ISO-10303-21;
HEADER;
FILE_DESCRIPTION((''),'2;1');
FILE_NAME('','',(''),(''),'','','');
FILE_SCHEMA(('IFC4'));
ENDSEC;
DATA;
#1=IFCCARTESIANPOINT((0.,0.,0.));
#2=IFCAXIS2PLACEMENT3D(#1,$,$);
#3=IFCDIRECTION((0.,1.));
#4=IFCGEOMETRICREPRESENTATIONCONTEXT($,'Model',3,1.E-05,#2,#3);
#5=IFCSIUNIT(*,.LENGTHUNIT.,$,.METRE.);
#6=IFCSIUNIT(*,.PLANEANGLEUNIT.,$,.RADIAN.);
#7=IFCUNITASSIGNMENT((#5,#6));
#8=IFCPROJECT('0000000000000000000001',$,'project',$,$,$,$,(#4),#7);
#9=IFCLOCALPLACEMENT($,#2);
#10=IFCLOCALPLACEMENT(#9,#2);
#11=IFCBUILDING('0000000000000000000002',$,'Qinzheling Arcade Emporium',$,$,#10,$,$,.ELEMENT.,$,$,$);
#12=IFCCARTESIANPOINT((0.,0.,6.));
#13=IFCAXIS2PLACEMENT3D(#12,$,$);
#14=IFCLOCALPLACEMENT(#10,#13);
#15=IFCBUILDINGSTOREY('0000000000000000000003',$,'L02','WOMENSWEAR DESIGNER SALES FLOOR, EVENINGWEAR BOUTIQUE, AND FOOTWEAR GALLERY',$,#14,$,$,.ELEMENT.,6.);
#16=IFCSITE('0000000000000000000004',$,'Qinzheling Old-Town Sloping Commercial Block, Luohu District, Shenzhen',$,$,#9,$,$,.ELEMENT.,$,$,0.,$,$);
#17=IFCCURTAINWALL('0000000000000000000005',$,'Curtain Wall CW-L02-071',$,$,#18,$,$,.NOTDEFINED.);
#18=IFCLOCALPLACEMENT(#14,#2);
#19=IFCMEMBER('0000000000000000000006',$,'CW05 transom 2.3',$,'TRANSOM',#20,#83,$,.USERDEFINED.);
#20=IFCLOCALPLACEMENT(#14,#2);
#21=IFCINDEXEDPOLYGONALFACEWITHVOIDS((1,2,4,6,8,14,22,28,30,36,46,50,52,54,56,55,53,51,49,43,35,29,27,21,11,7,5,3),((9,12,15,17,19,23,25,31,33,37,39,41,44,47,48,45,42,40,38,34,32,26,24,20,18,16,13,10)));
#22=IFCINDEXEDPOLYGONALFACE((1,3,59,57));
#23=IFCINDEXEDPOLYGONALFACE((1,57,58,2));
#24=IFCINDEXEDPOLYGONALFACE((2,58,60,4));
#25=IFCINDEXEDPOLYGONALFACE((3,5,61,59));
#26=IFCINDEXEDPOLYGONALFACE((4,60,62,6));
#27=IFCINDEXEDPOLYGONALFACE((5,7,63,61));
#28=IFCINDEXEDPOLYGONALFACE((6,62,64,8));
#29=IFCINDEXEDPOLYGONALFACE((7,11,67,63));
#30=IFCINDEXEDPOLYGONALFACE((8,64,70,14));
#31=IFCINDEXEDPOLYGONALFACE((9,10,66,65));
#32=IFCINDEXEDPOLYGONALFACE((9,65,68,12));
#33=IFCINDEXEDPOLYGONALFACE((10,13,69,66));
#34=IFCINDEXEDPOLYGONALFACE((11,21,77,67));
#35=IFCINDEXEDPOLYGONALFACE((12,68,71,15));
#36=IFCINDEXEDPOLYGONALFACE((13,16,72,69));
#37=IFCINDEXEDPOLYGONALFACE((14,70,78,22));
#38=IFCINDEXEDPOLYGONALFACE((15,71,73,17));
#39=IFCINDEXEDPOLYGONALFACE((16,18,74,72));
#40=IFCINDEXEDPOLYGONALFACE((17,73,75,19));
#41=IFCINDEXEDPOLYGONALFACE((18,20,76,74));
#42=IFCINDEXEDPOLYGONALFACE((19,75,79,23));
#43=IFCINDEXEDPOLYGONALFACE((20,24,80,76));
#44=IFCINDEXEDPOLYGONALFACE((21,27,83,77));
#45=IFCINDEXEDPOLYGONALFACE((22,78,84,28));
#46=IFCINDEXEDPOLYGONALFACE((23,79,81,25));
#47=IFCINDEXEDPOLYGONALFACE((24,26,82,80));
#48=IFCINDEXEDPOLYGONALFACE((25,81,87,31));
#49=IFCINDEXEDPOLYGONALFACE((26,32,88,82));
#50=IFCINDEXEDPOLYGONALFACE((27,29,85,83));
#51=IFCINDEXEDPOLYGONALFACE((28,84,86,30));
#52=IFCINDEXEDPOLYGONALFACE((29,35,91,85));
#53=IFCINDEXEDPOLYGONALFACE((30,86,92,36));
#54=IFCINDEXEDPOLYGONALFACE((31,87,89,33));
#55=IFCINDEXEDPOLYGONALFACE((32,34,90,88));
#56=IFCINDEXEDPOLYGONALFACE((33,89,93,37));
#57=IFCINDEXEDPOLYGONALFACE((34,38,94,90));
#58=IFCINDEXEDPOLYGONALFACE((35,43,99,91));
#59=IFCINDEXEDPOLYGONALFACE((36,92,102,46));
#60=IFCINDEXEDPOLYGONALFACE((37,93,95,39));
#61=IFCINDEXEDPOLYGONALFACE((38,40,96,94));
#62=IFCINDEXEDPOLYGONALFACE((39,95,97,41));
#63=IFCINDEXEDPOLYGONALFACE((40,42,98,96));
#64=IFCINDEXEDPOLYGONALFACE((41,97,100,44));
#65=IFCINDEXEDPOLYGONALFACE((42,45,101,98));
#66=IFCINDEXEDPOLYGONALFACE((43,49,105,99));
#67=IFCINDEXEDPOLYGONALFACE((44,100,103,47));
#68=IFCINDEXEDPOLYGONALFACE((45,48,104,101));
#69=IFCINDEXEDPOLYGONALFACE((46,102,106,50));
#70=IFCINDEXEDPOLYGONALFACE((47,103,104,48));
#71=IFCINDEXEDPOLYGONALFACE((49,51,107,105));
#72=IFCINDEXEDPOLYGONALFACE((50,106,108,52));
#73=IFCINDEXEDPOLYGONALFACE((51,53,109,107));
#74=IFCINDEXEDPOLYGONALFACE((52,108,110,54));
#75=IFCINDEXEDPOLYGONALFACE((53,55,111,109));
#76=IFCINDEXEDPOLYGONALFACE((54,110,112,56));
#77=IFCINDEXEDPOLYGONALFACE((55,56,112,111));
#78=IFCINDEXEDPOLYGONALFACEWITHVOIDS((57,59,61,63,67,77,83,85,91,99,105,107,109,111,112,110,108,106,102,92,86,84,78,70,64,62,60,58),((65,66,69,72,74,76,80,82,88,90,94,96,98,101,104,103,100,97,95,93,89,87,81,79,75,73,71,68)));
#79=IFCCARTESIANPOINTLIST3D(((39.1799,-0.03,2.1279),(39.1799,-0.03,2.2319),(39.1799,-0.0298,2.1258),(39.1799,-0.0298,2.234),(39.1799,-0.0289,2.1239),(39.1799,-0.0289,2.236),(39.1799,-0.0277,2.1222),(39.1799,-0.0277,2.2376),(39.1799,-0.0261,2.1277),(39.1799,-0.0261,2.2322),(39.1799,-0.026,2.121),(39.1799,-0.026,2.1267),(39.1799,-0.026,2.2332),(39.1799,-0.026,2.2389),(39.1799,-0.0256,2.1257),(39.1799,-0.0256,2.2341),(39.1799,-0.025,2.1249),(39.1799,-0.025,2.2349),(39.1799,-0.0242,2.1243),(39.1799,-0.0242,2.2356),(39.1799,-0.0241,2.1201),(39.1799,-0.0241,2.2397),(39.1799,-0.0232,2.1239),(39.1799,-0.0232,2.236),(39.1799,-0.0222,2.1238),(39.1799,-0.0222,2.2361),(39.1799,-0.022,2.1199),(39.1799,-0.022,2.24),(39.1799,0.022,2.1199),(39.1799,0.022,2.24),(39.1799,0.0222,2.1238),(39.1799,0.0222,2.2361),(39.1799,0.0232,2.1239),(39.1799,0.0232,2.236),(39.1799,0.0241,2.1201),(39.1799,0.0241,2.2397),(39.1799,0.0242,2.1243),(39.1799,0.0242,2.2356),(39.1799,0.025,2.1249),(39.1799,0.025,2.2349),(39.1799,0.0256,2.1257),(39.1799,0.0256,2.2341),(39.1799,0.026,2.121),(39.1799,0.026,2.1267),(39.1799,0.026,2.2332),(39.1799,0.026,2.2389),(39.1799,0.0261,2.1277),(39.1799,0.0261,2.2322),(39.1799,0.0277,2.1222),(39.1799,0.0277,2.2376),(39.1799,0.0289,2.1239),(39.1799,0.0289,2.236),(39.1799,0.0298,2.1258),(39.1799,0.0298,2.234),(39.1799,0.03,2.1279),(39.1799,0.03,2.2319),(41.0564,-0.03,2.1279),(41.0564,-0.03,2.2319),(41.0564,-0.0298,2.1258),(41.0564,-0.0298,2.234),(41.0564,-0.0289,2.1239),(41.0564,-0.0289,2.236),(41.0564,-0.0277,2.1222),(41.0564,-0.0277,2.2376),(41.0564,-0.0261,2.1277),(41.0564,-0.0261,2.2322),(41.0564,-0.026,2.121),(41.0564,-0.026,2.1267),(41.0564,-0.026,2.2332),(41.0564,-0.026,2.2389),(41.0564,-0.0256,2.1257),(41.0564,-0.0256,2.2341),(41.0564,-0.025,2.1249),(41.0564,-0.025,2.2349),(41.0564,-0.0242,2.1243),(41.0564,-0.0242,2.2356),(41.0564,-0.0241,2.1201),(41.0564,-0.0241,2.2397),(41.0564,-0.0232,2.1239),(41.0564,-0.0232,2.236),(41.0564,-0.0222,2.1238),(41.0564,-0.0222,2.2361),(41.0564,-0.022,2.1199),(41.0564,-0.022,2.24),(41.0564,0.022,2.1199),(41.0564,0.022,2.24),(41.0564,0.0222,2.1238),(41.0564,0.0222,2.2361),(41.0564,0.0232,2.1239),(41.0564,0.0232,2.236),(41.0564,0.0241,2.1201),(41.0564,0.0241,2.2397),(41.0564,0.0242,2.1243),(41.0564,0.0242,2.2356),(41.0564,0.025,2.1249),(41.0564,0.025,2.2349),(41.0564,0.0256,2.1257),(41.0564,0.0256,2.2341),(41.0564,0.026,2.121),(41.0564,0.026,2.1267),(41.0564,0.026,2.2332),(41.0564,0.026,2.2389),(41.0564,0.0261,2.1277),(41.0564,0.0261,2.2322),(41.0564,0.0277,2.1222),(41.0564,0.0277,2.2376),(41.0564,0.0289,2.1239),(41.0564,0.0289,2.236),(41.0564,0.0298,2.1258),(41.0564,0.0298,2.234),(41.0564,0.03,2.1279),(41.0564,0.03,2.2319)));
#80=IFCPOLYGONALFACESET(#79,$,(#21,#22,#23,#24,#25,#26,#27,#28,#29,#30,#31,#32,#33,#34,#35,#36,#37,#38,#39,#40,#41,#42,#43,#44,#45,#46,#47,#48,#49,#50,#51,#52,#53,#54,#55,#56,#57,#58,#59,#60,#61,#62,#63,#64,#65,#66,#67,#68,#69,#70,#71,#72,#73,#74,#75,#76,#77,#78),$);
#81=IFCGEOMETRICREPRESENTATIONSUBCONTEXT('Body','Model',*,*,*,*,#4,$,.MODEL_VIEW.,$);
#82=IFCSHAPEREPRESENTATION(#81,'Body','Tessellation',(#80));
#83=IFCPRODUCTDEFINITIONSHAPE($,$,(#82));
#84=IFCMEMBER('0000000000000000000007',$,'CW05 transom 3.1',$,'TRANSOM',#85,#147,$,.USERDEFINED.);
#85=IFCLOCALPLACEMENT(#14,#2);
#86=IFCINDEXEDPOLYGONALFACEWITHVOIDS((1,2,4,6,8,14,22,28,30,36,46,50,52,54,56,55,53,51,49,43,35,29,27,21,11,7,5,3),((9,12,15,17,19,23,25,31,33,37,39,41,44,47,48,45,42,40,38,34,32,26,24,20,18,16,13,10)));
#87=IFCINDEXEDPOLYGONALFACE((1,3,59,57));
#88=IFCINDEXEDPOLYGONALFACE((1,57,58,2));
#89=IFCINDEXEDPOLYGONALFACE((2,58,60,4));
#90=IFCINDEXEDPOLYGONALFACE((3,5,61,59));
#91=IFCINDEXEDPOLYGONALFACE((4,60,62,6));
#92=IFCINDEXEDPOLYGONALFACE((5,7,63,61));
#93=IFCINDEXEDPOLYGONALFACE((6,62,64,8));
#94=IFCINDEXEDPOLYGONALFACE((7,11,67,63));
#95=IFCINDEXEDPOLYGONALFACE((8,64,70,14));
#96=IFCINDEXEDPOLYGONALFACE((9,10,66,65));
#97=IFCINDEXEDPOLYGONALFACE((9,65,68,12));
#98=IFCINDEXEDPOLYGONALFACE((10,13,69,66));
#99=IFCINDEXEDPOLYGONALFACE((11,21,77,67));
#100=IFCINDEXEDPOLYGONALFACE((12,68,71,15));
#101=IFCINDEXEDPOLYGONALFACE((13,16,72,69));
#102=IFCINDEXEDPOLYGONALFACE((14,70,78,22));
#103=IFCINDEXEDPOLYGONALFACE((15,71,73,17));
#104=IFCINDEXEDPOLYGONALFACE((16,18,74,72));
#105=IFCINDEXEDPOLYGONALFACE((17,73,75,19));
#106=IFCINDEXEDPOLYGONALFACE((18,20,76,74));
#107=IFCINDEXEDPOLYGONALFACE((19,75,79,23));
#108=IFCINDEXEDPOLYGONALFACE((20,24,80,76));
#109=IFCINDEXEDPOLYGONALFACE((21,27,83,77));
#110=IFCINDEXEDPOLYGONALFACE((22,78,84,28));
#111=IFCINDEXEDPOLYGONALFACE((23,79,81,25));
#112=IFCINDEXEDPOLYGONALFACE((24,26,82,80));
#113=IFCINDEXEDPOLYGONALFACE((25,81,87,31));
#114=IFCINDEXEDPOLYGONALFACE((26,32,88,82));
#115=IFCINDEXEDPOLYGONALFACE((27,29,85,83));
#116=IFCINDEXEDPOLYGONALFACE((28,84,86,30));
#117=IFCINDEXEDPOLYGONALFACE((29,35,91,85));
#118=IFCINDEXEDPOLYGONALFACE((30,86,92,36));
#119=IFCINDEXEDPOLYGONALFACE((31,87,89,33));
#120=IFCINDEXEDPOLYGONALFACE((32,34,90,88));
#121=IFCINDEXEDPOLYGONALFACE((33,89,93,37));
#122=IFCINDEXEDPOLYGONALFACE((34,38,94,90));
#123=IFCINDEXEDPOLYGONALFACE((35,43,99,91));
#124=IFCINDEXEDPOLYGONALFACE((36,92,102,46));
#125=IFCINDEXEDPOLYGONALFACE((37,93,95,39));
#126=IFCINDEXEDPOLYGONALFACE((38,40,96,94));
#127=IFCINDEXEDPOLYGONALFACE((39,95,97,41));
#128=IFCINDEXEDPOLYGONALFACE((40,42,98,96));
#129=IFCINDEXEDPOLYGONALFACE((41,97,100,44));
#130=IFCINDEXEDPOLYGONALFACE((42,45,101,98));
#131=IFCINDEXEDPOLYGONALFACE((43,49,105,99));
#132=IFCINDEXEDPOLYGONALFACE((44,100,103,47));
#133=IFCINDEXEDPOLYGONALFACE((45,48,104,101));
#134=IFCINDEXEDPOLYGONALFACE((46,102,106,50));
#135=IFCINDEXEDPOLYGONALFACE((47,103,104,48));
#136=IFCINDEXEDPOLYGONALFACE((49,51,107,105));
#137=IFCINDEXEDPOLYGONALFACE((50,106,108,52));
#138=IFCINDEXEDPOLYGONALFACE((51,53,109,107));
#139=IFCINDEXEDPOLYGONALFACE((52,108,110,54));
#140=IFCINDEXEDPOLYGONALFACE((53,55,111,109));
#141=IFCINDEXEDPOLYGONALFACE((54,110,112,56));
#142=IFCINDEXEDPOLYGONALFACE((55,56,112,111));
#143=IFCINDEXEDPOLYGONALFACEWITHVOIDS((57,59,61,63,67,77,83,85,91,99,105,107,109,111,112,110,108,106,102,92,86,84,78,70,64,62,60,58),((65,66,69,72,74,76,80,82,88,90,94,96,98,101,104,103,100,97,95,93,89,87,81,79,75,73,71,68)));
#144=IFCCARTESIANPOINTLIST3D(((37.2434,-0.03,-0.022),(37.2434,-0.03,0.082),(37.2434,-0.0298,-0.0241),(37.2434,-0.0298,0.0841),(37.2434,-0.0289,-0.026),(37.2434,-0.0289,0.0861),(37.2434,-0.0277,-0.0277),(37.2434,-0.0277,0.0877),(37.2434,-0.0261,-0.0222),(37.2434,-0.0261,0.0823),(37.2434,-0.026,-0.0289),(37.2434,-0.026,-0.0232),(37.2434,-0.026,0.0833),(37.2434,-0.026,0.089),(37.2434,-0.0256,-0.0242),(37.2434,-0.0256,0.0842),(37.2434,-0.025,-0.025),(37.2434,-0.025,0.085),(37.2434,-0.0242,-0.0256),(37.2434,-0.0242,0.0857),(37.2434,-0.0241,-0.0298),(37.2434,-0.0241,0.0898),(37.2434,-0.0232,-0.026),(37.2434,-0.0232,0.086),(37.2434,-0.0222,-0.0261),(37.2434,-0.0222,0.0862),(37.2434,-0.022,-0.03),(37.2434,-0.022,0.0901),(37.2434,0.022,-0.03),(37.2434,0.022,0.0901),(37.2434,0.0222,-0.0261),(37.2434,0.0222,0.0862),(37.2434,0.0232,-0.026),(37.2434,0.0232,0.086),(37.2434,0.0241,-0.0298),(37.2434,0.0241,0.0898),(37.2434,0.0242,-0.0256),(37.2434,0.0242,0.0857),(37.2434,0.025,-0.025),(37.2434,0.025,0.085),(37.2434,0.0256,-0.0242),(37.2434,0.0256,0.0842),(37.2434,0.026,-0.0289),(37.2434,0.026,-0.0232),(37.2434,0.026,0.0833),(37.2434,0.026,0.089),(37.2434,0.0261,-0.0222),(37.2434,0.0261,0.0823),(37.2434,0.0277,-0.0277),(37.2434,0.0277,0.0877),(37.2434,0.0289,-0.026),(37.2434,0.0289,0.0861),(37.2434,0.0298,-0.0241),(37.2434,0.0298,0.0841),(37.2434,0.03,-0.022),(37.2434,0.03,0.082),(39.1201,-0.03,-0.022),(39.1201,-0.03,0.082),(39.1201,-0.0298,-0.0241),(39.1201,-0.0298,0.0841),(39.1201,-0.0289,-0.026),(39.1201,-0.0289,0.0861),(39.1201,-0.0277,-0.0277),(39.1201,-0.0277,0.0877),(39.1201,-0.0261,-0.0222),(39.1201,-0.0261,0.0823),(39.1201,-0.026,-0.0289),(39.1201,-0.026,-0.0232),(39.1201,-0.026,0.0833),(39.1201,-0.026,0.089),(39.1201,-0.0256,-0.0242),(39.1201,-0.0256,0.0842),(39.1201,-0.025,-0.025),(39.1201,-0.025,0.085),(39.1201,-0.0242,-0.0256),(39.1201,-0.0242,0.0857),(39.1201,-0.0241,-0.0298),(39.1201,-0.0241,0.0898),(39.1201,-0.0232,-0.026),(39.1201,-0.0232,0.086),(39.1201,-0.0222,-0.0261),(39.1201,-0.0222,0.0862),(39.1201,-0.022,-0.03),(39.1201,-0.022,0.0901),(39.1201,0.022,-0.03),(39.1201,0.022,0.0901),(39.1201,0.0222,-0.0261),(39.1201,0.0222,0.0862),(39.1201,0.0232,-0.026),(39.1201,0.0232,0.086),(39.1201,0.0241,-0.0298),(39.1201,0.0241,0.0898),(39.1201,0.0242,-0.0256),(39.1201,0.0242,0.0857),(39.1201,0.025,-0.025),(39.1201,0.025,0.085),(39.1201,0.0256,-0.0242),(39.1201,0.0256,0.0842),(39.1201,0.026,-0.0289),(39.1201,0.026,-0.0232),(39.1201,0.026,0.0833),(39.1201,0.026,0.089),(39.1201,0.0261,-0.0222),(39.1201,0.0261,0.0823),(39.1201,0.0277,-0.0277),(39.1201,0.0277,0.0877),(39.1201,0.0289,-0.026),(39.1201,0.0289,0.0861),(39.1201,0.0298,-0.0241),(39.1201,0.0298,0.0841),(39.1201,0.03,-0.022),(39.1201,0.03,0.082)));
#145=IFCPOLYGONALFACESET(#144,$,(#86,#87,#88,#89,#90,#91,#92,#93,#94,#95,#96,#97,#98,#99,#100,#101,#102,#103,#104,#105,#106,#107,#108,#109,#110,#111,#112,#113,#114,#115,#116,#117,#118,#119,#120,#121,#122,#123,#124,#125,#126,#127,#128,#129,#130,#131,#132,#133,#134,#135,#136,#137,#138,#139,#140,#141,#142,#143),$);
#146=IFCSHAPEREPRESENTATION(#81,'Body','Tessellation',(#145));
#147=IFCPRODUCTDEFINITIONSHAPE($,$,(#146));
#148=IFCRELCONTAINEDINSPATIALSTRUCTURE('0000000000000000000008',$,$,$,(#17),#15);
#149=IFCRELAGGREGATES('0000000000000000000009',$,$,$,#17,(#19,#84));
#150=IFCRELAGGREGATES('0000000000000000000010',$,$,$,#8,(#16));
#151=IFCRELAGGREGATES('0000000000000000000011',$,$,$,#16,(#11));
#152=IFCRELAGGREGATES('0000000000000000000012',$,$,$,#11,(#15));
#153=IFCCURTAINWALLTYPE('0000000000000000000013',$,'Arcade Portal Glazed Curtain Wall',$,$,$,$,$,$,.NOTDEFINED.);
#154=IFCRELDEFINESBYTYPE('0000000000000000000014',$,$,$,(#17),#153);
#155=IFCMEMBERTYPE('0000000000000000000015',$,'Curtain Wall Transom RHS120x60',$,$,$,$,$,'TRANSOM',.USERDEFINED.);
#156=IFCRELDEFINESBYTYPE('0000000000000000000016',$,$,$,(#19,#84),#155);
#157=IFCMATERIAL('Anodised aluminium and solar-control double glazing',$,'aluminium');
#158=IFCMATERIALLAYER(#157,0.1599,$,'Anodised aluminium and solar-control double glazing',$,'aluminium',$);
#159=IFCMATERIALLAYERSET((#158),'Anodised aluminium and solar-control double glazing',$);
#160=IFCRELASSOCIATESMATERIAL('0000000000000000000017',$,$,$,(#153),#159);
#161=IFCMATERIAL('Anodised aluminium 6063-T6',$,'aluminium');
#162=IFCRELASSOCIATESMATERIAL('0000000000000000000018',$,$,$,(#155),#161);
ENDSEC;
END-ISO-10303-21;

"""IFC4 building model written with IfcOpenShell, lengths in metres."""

from ifc_helpers import new_model, si_unit, direction, frame, origin, origin_2d, place, context, subcontext, project, spatial, hollow_rectangle, extrude, material, layer, layer_set, material_profile, profile_set, type_object, element, aggregate, save


model = new_model("IFC4")

# Units and contexts
model_context = context("Model", 3, precision=1e-05, world=origin(), true_north=direction((0.0, 1.0)))
body_context = subcontext(model_context, "Body", "Model", "MODEL_VIEW")
ifc_project = project(units=[si_unit("LENGTHUNIT", "METRE"), si_unit("PLANEANGLEUNIT", "RADIAN")], contexts=[model_context])

# Site, building, storey
site_placement = place(None, origin())
site = spatial("IfcSite", under=ifc_project, at=site_placement, Name="Qinzheling Old-Town Sloping Commercial Block, Luohu District, Shenzhen", CompositionType="ELEMENT", RefElevation=0.0)
building_placement = place(site_placement, origin())
building = spatial("IfcBuilding", under=site, at=building_placement, Name="Qinzheling Arcade Emporium", CompositionType="ELEMENT")
storey_placement = place(building_placement, frame((0.0, 0.0, 6.0)))
storey = spatial("IfcBuildingStorey", under=building, at=storey_placement, Name="L02", Description="WOMENSWEAR DESIGNER SALES FLOOR, EVENINGWEAR BOUTIQUE, AND FOOTWEAR GALLERY", CompositionType="ELEMENT", Elevation=6.0)

# Curtain wall, members
ifc_material_1 = material(Name="Anodised aluminium and solar-control double glazing", Category="aluminium")
ifc_layer_1 = layer(ifc_material_1, 0.1599, Name="Anodised aluminium and solar-control double glazing", Category="aluminium")
ifc_layer_set_1 = layer_set([ifc_layer_1], Name="Anodised aluminium and solar-control double glazing")
curtain_wall_type = type_object("IfcCurtainWallType", Name="Arcade Portal Glazed Curtain Wall", PredefinedType="NOTDEFINED", material=ifc_layer_set_1)
curtain_wall_placement = place(storey_placement, origin())
curtain_wall = element("IfcCurtainWall", 1, at=curtain_wall_placement, inside=storey, type_object=curtain_wall_type, Name="Curtain Wall CW-L02-071", PredefinedType="NOTDEFINED")
ifc_material_2 = material(Name="Anodised aluminium 6063-T6", Category="aluminium")
ifc_material_profile_1 = material_profile(ifc_material_2, hollow_rectangle(XDim=0.0601, YDim=0.1201, WallThickness=0.0039, InnerFilletRadius=0.0039, OuterFilletRadius=0.0081, at=origin_2d()), Name="RHS 120x60x4", Category="aluminium")
ifc_profile_set_1 = profile_set([ifc_material_profile_1], Name="Anodised aluminium 6063-T6")
member_type_1 = type_object("IfcMemberType", Name="Curtain Wall Transom RHS120x60", ElementType="TRANSOM", PredefinedType="USERDEFINED", material=ifc_profile_set_1)
member_1_placement = place(storey_placement, frame((41.0564, 0.0, 2.1799), z_axis=(-1.0, 0.0, 0.0), x_axis=(0.0, -1.0, 0.0)))
member_1 = element("IfcMember", 2, at=member_1_placement, type_object=member_type_1, Name="CW05 transom 2.3", ObjectType="TRANSOM", PredefinedType="USERDEFINED", context=body_context, shape_type="SweptSolid", body=[
    extrude(hollow_rectangle(XDim=0.0601, YDim=0.1201, WallThickness=0.0039, InnerFilletRadius=0.0039, OuterFilletRadius=0.0081, at=origin_2d()), origin(), (0.0, 0.0, 1.0), 1.8765),
])
member_2_placement = place(storey_placement, frame((39.1201, 0.0, 0.03), z_axis=(-1.0, 0.0, 0.0), x_axis=(0.0, -1.0, 0.0)))
member_2 = element("IfcMember", 3, at=member_2_placement, type_object=member_type_1, Name="CW05 transom 3.1", ObjectType="TRANSOM", PredefinedType="USERDEFINED", context=body_context, shape_type="SweptSolid", body=[
    extrude(hollow_rectangle(XDim=0.0601, YDim=0.1201, WallThickness=0.0039, InnerFilletRadius=0.0039, OuterFilletRadius=0.0081, at=origin_2d()), origin(), (0.0, 0.0, 1.0), 1.8767),
])
aggregate(curtain_wall, [member_1, member_2])

save(model, "model.ifc")
